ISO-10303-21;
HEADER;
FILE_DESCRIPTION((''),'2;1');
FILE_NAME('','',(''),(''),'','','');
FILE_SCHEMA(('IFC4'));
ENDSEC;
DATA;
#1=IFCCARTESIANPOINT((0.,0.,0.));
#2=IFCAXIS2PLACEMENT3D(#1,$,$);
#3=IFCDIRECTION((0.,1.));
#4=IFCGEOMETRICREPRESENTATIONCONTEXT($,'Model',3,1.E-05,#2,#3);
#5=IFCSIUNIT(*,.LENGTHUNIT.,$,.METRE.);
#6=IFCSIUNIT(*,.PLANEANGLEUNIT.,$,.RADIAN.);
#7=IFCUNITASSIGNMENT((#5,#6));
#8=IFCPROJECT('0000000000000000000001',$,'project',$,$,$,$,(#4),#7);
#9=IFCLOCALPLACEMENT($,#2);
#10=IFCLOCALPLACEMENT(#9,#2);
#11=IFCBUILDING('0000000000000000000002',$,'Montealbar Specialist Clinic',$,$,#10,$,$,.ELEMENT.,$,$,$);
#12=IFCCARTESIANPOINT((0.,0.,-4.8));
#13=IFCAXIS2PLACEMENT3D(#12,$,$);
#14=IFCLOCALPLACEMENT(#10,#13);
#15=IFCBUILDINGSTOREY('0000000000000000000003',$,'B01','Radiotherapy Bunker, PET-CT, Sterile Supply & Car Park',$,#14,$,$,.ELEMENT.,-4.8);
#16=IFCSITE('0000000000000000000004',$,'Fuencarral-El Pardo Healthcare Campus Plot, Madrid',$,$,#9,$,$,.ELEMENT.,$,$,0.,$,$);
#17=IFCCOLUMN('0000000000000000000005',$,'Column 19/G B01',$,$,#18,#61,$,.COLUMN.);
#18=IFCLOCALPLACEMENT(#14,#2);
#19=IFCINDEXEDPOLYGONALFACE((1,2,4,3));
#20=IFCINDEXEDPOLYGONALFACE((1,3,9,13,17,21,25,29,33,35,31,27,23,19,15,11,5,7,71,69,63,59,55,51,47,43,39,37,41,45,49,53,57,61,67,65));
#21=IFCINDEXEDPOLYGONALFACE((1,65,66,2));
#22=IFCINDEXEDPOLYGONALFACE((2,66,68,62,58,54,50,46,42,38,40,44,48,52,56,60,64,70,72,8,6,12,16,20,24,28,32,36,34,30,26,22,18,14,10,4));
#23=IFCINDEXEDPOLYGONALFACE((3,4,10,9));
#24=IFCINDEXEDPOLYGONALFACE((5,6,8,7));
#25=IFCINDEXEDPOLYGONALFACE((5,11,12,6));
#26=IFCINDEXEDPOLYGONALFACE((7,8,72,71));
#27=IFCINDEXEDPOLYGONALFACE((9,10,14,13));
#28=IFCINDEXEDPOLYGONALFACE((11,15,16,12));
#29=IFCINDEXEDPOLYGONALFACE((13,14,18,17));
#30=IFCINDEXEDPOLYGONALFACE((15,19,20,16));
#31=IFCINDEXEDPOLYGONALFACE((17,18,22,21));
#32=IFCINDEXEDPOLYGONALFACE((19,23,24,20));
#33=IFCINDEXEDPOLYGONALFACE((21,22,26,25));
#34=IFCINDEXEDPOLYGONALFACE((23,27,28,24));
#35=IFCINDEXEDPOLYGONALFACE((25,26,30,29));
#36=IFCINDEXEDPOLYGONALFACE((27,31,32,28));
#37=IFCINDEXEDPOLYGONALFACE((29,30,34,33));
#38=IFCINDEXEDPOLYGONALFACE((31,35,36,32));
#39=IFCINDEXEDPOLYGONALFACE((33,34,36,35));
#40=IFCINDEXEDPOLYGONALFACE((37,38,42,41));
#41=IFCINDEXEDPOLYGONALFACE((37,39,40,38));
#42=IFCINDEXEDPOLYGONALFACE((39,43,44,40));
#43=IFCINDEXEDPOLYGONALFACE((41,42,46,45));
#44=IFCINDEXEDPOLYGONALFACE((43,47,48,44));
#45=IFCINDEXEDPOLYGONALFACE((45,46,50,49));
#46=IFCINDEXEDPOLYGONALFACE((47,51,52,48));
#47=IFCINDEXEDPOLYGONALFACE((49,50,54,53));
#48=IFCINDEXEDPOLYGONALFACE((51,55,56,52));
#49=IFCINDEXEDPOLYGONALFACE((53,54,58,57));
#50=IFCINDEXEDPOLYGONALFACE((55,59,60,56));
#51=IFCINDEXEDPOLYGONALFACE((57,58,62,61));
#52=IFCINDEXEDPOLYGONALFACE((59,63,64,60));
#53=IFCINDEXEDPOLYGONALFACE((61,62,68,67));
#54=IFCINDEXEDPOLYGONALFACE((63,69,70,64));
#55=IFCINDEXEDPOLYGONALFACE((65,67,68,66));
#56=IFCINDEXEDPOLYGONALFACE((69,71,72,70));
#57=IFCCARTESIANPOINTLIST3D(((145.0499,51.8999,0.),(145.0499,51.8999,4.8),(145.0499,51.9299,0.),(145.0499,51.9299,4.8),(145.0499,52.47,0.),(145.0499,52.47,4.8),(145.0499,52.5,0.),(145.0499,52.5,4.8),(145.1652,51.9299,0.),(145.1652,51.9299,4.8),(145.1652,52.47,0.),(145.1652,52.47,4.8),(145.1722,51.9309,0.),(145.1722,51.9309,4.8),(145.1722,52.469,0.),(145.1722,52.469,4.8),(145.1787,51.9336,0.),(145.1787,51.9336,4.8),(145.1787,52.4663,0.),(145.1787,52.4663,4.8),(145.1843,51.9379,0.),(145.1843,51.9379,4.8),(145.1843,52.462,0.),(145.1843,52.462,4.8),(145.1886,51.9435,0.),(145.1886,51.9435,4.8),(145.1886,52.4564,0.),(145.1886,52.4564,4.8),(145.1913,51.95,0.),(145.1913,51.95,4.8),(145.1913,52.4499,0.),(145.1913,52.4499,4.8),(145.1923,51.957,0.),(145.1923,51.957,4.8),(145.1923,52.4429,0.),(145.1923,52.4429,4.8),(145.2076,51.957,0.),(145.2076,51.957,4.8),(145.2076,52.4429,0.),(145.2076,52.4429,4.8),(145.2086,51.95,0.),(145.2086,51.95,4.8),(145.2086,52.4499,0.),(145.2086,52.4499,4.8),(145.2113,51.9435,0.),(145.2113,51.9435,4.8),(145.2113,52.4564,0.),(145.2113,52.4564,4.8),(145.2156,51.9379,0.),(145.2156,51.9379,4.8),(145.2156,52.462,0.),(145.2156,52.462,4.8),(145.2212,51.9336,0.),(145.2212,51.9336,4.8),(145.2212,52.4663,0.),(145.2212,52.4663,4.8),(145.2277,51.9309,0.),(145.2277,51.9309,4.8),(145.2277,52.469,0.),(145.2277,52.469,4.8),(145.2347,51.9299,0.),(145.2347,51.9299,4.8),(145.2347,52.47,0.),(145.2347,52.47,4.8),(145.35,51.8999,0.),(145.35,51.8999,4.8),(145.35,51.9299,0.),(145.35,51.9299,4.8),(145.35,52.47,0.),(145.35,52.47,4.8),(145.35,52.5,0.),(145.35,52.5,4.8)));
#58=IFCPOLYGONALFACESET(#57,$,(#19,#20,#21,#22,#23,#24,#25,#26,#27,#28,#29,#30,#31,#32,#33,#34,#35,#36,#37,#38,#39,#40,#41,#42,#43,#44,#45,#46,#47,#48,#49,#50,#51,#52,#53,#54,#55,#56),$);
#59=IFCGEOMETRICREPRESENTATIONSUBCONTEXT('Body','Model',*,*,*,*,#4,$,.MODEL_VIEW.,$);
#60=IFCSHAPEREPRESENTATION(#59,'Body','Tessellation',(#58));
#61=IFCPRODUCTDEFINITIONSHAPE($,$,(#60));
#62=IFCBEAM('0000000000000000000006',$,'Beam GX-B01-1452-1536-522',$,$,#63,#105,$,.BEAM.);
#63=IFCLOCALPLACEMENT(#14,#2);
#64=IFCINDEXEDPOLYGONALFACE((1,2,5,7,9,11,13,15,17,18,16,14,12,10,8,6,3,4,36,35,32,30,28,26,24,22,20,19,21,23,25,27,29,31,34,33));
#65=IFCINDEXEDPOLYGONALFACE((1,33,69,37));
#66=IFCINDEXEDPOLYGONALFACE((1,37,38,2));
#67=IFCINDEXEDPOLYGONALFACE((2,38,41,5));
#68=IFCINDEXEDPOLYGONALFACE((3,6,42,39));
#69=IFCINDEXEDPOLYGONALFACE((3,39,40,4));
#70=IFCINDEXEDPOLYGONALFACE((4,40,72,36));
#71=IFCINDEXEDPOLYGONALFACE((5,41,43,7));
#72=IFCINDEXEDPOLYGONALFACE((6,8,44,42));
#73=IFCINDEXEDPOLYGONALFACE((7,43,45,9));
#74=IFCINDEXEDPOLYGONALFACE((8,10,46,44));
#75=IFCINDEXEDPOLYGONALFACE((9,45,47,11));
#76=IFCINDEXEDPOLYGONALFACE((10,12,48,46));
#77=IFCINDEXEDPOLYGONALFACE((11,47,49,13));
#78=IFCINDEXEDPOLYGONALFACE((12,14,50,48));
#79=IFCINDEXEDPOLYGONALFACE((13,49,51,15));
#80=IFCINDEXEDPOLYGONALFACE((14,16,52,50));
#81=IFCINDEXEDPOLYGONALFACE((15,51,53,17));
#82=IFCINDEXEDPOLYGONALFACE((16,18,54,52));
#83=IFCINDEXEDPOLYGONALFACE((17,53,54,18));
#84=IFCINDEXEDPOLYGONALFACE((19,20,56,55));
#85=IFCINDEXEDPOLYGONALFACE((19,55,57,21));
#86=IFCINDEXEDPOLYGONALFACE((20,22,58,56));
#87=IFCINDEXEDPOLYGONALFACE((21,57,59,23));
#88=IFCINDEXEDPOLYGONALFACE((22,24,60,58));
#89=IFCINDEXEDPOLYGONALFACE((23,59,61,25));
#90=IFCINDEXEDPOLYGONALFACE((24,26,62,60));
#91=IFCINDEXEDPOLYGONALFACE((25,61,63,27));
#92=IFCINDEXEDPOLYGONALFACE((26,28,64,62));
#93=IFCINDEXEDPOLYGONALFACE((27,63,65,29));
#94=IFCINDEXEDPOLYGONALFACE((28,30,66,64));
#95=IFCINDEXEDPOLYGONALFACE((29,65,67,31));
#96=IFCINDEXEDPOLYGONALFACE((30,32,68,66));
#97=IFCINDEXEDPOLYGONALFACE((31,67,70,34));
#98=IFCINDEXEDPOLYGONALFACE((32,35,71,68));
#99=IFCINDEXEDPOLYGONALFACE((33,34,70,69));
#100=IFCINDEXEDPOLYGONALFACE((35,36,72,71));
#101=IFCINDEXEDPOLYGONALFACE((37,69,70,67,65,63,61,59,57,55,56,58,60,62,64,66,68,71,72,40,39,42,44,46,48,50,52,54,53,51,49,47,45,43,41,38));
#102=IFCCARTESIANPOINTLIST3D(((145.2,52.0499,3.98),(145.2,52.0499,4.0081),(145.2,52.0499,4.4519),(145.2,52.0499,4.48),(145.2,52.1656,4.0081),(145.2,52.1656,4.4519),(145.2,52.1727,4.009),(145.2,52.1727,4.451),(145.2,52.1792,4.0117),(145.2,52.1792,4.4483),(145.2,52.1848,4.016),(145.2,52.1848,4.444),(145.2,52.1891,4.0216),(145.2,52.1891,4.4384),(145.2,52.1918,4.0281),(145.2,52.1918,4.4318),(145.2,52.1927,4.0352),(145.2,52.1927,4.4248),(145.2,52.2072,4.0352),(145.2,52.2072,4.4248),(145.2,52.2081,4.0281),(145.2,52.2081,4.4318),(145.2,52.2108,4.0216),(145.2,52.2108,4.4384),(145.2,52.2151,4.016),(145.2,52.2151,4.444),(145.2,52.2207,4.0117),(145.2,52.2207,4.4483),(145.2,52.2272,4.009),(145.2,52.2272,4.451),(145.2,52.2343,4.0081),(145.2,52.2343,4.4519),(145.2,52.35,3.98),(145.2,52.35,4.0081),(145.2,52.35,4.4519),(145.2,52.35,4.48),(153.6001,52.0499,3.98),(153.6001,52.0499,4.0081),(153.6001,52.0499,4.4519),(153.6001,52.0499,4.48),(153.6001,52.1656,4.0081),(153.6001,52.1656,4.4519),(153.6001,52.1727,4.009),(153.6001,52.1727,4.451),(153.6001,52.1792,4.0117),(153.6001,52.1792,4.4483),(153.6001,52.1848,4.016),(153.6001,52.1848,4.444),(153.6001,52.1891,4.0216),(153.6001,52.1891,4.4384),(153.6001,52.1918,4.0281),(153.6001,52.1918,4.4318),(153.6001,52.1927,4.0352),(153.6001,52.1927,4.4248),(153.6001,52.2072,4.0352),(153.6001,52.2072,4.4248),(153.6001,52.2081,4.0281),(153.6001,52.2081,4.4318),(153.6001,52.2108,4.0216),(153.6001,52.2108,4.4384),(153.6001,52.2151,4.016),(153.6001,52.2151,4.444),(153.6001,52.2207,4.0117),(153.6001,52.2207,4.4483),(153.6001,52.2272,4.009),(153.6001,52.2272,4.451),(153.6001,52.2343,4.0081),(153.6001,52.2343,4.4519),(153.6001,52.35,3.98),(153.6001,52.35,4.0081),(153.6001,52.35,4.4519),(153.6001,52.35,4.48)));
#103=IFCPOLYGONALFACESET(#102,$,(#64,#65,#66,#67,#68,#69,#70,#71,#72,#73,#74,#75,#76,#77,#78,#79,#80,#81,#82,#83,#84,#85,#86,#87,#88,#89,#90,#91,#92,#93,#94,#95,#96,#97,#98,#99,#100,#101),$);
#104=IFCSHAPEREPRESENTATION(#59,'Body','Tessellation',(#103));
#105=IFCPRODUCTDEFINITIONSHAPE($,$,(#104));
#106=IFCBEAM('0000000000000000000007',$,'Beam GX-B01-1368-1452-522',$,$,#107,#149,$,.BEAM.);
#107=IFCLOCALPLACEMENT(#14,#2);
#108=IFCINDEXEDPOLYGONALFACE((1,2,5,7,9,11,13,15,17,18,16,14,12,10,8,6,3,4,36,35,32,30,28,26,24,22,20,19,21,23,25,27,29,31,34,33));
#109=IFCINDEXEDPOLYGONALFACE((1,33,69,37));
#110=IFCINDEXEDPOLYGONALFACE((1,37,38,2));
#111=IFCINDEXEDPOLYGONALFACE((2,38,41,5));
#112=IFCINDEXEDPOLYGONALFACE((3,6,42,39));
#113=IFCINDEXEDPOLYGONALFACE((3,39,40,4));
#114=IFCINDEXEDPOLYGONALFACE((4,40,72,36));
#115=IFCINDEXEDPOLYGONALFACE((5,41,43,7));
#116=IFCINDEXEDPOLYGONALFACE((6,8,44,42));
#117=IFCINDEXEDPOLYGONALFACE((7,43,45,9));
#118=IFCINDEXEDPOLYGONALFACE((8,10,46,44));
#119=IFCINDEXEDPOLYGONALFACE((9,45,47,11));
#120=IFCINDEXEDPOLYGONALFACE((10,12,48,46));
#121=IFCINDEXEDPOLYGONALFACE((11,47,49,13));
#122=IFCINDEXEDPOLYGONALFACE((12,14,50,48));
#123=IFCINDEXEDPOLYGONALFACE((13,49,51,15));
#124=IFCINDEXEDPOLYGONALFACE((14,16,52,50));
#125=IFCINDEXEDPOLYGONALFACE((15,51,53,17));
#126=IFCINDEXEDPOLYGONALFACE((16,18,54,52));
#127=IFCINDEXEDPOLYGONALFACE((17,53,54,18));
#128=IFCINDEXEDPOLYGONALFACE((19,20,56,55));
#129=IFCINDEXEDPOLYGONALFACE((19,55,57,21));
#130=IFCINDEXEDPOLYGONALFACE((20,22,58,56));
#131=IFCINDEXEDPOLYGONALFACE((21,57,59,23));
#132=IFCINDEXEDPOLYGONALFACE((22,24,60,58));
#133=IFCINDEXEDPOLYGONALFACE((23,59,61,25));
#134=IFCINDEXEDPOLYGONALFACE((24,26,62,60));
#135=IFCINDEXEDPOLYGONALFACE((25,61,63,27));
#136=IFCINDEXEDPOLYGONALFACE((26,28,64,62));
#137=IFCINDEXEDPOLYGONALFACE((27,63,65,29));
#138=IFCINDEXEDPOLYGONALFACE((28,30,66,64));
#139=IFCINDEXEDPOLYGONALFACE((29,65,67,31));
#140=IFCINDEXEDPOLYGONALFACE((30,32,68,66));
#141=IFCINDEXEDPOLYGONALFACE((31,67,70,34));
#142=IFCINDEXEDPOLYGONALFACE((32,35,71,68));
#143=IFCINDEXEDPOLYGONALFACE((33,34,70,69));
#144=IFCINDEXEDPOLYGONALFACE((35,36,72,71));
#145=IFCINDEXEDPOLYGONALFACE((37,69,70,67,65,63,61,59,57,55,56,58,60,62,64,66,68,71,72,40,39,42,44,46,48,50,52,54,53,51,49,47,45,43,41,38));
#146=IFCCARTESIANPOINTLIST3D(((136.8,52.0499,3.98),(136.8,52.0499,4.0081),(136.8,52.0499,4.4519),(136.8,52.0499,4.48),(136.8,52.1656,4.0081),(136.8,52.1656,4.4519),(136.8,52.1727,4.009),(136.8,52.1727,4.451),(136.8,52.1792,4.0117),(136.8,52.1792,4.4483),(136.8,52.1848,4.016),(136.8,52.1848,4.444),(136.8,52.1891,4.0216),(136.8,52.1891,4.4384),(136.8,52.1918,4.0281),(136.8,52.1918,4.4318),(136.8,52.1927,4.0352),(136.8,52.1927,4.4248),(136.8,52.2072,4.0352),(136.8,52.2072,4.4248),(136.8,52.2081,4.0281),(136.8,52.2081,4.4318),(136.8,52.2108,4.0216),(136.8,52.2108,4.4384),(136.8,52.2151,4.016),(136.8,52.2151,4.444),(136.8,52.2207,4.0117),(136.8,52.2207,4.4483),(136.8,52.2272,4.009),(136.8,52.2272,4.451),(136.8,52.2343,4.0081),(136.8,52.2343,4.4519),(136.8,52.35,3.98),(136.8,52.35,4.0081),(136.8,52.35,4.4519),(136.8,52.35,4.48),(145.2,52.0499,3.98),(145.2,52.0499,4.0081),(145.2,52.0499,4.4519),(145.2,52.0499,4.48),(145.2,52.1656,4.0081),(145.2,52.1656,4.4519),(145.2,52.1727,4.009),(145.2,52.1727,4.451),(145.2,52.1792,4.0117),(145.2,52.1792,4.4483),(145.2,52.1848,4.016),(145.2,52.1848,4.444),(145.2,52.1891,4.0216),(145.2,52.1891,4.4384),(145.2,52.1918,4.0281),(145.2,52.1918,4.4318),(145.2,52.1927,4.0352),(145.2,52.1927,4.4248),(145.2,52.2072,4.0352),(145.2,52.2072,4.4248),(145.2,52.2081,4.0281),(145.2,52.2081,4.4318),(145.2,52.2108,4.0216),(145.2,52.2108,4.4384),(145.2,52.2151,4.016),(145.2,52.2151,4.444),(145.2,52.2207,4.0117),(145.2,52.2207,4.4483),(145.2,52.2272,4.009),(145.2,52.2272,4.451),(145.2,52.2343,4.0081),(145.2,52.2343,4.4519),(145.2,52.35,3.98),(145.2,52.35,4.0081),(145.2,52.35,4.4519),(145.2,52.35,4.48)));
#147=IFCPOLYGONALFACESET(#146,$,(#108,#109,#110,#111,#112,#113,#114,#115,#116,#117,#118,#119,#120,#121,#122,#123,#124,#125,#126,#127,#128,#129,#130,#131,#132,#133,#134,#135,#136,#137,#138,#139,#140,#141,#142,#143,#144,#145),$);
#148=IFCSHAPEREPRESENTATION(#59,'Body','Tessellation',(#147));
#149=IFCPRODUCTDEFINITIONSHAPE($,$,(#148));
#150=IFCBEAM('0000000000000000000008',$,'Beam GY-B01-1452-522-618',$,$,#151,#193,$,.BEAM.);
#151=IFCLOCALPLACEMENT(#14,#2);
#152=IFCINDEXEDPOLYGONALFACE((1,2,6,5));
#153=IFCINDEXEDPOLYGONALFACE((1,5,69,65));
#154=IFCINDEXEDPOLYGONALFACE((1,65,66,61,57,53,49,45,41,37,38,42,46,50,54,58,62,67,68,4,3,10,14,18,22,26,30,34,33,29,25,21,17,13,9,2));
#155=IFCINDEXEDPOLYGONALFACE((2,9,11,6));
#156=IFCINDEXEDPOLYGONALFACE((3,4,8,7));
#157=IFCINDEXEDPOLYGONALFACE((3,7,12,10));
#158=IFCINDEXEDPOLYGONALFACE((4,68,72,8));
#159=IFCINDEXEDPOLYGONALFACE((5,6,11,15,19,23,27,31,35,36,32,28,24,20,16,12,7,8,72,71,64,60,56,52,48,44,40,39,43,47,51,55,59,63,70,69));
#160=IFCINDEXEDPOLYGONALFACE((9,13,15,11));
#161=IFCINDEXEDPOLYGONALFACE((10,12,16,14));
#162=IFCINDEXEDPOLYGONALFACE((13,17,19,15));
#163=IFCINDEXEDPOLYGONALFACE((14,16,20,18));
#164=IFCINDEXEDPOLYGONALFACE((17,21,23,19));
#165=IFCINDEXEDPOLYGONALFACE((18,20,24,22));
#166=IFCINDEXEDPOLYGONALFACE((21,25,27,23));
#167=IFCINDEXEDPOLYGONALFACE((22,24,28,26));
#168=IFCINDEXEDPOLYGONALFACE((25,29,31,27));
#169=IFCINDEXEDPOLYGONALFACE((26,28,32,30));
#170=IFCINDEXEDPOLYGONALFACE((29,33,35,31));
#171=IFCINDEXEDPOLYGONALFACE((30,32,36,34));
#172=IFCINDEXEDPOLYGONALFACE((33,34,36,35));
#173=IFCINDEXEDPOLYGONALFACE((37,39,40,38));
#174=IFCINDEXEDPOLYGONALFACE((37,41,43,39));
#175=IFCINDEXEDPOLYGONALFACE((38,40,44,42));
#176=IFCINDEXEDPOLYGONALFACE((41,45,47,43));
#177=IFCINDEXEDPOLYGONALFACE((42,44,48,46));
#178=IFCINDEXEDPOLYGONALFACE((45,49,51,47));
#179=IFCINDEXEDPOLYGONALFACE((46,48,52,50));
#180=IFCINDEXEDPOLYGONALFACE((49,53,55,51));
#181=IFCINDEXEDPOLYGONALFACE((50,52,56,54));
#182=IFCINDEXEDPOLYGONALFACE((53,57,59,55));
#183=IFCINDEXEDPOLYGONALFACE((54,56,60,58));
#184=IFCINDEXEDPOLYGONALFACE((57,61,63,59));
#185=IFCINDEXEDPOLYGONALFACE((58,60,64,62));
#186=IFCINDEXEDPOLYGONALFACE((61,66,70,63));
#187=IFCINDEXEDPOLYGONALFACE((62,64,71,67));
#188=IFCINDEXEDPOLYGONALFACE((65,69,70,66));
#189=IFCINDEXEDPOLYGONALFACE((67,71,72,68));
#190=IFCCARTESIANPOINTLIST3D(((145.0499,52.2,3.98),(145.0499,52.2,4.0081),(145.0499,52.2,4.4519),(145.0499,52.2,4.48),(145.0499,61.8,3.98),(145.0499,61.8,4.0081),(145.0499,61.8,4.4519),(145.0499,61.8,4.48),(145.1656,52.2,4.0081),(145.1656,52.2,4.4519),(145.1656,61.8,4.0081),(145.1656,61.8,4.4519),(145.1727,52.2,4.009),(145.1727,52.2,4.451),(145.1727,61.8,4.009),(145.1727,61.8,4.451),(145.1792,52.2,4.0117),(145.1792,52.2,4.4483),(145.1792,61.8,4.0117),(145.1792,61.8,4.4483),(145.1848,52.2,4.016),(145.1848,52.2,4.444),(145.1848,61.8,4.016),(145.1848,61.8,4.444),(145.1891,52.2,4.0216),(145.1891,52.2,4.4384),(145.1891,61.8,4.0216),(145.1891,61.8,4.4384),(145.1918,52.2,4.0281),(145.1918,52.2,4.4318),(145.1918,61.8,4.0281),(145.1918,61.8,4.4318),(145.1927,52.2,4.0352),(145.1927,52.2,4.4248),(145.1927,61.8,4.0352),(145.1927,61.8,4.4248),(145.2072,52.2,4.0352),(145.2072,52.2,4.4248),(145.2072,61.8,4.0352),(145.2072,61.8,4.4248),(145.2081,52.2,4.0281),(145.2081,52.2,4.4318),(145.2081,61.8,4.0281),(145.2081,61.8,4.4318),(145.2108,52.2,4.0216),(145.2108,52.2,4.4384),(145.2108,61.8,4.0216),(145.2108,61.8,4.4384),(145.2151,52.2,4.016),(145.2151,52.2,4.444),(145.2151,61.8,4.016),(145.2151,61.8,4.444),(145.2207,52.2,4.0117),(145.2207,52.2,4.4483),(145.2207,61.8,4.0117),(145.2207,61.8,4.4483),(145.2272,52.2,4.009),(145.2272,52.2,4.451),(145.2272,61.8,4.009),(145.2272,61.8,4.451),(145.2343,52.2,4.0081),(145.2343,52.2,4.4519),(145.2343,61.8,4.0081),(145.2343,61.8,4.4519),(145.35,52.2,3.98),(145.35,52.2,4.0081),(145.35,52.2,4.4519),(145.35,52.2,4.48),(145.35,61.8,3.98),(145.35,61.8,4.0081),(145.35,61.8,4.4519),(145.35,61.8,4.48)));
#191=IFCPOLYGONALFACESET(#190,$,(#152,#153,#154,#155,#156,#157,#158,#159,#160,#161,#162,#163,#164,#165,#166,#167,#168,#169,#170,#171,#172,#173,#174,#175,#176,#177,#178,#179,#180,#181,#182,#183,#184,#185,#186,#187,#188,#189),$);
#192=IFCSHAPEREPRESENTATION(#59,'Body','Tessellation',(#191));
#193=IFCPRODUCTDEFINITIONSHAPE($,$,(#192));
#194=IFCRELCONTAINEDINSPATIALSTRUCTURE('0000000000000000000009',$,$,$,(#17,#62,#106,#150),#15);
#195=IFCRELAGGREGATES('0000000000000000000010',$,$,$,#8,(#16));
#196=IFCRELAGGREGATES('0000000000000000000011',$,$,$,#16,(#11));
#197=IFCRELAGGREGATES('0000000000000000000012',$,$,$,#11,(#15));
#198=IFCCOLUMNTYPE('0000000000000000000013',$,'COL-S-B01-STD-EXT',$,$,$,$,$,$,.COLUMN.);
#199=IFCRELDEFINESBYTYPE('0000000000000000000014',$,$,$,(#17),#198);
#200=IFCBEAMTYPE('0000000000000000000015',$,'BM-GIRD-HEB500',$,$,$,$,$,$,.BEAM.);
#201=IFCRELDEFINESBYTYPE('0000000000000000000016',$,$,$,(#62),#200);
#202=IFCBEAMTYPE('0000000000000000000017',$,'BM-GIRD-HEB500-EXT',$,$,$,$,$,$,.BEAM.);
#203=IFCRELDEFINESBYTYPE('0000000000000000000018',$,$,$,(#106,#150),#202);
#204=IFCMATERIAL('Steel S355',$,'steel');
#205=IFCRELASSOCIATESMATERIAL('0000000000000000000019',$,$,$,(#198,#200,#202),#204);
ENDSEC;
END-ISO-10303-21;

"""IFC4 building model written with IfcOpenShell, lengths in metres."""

from ifc_helpers import new_model, si_unit, direction, frame, origin, origin_2d, place, context, subcontext, project, spatial, i_section, extrude, material, material_profile, profile_set, type_object, element, save


model = new_model("IFC4")

# Units and contexts
model_context = context("Model", 3, precision=1e-05, world=origin(), true_north=direction((0.0, 1.0)))
body_context = subcontext(model_context, "Body", "Model", "MODEL_VIEW")
ifc_project = project(units=[si_unit("LENGTHUNIT", "METRE"), si_unit("PLANEANGLEUNIT", "RADIAN")], contexts=[model_context])

# Site, building, storey
site_placement = place(None, origin())
site = spatial("IfcSite", under=ifc_project, at=site_placement, Name="Fuencarral-El Pardo Healthcare Campus Plot, Madrid", CompositionType="ELEMENT", RefElevation=0.0)
building_placement = place(site_placement, origin())
building = spatial("IfcBuilding", under=site, at=building_placement, Name="Montealbar Specialist Clinic", CompositionType="ELEMENT")
storey_placement = place(building_placement, frame((0.0, 0.0, -4.8)))
storey = spatial("IfcBuildingStorey", under=building, at=storey_placement, Name="B01", Description="Radiotherapy Bunker, PET-CT, Sterile Supply & Car Park", CompositionType="ELEMENT", Elevation=-4.8)

# Column
ifc_material_1 = material(Name="Steel S355", Category="steel")
ifc_material_profile_1 = material_profile(ifc_material_1, i_section(OverallWidth=0.3, OverallDepth=0.6001, WebThickness=0.0154, FlangeThickness=0.03, FilletRadius=0.0271, at=origin_2d()), Name="HEB 600", Category="steel")
ifc_profile_set_1 = profile_set([ifc_material_profile_1], Name="Steel S355")
column_type = type_object("IfcColumnType", Name="COL-S-B01-STD-EXT", PredefinedType="COLUMN", material=ifc_profile_set_1)
for number, where, z_axis, x_axis, name in (
    (1, (145.2, 52.2, 0.0), (0.0, 0.0, 1.0), (1.0, 0.0, 0.0), "Column 19/G B01"),
):
    element("IfcColumn", number, at=place(storey_placement, frame(where, z_axis=z_axis, x_axis=x_axis)), inside=storey, type_object=column_type, Name=name, PredefinedType="COLUMN", context=body_context, shape_type="SweptSolid", body=[
        extrude(i_section(OverallWidth=0.3, OverallDepth=0.6001, WebThickness=0.0154, FlangeThickness=0.03, FilletRadius=0.0271, at=origin_2d()), origin(), (0.0, 0.0, 1.0), 4.8),
    ])

# Beams
ifc_material_profile_2 = material_profile(ifc_material_1, i_section(OverallWidth=0.3, OverallDepth=0.5, WebThickness=0.0144, FlangeThickness=0.0281, FilletRadius=0.0271, at=origin_2d()), Name="HEB 500", Category="steel")
ifc_profile_set_2 = profile_set([ifc_material_profile_2], Name="Steel S355")
beam_type_1 = type_object("IfcBeamType", Name="BM-GIRD-HEB500", PredefinedType="BEAM", material=ifc_profile_set_2)
beam_1_placement = place(storey_placement, frame((145.2, 52.2, 4.23), z_axis=(1.0, 0.0, 0.0), x_axis=(0.0, 1.0, 0.0)))
element("IfcBeam", 2, at=beam_1_placement, inside=storey, type_object=beam_type_1, Name="Beam GX-B01-1452-1536-522", PredefinedType="BEAM", context=body_context, shape_type="SweptSolid", body=[
    extrude(i_section(OverallWidth=0.3, OverallDepth=0.5, WebThickness=0.0144, FlangeThickness=0.0281, FilletRadius=0.0271, at=origin_2d()), origin(), (0.0, 0.0, 1.0), 8.4001),
])
ifc_material_profile_3 = material_profile(ifc_material_1, i_section(OverallWidth=0.3, OverallDepth=0.5, WebThickness=0.0144, FlangeThickness=0.0281, FilletRadius=0.0271, at=origin_2d()), Name="HEB 500", Category="steel")
ifc_profile_set_3 = profile_set([ifc_material_profile_3], Name="Steel S355")
beam_type_2 = type_object("IfcBeamType", Name="BM-GIRD-HEB500-EXT", PredefinedType="BEAM", material=ifc_profile_set_3)
beam_2_placement = place(storey_placement, frame((136.8, 52.2, 4.23), z_axis=(1.0, 0.0, 0.0), x_axis=(0.0, 1.0, 0.0)))
element("IfcBeam", 3, at=beam_2_placement, inside=storey, type_object=beam_type_2, Name="Beam GX-B01-1368-1452-522", PredefinedType="BEAM", context=body_context, shape_type="SweptSolid", body=[
    extrude(i_section(OverallWidth=0.3, OverallDepth=0.5, WebThickness=0.0144, FlangeThickness=0.0281, FilletRadius=0.0271, at=origin_2d()), origin(), (0.0, 0.0, 1.0), 8.3999),
])
beam_3_placement = place(storey_placement, frame((145.2, 52.2, 4.23), z_axis=(0.0, 1.0, 0.0), x_axis=(-1.0, 0.0, 0.0)))
element("IfcBeam", 4, at=beam_3_placement, inside=storey, type_object=beam_type_2, Name="Beam GY-B01-1452-522-618", PredefinedType="BEAM", context=body_context, shape_type="SweptSolid", body=[
    extrude(i_section(OverallWidth=0.3, OverallDepth=0.5, WebThickness=0.0144, FlangeThickness=0.0281, FilletRadius=0.0271, at=origin_2d()), origin(), (0.0, 0.0, 1.0), 9.6001),
])

save(model, "model.ifc")
